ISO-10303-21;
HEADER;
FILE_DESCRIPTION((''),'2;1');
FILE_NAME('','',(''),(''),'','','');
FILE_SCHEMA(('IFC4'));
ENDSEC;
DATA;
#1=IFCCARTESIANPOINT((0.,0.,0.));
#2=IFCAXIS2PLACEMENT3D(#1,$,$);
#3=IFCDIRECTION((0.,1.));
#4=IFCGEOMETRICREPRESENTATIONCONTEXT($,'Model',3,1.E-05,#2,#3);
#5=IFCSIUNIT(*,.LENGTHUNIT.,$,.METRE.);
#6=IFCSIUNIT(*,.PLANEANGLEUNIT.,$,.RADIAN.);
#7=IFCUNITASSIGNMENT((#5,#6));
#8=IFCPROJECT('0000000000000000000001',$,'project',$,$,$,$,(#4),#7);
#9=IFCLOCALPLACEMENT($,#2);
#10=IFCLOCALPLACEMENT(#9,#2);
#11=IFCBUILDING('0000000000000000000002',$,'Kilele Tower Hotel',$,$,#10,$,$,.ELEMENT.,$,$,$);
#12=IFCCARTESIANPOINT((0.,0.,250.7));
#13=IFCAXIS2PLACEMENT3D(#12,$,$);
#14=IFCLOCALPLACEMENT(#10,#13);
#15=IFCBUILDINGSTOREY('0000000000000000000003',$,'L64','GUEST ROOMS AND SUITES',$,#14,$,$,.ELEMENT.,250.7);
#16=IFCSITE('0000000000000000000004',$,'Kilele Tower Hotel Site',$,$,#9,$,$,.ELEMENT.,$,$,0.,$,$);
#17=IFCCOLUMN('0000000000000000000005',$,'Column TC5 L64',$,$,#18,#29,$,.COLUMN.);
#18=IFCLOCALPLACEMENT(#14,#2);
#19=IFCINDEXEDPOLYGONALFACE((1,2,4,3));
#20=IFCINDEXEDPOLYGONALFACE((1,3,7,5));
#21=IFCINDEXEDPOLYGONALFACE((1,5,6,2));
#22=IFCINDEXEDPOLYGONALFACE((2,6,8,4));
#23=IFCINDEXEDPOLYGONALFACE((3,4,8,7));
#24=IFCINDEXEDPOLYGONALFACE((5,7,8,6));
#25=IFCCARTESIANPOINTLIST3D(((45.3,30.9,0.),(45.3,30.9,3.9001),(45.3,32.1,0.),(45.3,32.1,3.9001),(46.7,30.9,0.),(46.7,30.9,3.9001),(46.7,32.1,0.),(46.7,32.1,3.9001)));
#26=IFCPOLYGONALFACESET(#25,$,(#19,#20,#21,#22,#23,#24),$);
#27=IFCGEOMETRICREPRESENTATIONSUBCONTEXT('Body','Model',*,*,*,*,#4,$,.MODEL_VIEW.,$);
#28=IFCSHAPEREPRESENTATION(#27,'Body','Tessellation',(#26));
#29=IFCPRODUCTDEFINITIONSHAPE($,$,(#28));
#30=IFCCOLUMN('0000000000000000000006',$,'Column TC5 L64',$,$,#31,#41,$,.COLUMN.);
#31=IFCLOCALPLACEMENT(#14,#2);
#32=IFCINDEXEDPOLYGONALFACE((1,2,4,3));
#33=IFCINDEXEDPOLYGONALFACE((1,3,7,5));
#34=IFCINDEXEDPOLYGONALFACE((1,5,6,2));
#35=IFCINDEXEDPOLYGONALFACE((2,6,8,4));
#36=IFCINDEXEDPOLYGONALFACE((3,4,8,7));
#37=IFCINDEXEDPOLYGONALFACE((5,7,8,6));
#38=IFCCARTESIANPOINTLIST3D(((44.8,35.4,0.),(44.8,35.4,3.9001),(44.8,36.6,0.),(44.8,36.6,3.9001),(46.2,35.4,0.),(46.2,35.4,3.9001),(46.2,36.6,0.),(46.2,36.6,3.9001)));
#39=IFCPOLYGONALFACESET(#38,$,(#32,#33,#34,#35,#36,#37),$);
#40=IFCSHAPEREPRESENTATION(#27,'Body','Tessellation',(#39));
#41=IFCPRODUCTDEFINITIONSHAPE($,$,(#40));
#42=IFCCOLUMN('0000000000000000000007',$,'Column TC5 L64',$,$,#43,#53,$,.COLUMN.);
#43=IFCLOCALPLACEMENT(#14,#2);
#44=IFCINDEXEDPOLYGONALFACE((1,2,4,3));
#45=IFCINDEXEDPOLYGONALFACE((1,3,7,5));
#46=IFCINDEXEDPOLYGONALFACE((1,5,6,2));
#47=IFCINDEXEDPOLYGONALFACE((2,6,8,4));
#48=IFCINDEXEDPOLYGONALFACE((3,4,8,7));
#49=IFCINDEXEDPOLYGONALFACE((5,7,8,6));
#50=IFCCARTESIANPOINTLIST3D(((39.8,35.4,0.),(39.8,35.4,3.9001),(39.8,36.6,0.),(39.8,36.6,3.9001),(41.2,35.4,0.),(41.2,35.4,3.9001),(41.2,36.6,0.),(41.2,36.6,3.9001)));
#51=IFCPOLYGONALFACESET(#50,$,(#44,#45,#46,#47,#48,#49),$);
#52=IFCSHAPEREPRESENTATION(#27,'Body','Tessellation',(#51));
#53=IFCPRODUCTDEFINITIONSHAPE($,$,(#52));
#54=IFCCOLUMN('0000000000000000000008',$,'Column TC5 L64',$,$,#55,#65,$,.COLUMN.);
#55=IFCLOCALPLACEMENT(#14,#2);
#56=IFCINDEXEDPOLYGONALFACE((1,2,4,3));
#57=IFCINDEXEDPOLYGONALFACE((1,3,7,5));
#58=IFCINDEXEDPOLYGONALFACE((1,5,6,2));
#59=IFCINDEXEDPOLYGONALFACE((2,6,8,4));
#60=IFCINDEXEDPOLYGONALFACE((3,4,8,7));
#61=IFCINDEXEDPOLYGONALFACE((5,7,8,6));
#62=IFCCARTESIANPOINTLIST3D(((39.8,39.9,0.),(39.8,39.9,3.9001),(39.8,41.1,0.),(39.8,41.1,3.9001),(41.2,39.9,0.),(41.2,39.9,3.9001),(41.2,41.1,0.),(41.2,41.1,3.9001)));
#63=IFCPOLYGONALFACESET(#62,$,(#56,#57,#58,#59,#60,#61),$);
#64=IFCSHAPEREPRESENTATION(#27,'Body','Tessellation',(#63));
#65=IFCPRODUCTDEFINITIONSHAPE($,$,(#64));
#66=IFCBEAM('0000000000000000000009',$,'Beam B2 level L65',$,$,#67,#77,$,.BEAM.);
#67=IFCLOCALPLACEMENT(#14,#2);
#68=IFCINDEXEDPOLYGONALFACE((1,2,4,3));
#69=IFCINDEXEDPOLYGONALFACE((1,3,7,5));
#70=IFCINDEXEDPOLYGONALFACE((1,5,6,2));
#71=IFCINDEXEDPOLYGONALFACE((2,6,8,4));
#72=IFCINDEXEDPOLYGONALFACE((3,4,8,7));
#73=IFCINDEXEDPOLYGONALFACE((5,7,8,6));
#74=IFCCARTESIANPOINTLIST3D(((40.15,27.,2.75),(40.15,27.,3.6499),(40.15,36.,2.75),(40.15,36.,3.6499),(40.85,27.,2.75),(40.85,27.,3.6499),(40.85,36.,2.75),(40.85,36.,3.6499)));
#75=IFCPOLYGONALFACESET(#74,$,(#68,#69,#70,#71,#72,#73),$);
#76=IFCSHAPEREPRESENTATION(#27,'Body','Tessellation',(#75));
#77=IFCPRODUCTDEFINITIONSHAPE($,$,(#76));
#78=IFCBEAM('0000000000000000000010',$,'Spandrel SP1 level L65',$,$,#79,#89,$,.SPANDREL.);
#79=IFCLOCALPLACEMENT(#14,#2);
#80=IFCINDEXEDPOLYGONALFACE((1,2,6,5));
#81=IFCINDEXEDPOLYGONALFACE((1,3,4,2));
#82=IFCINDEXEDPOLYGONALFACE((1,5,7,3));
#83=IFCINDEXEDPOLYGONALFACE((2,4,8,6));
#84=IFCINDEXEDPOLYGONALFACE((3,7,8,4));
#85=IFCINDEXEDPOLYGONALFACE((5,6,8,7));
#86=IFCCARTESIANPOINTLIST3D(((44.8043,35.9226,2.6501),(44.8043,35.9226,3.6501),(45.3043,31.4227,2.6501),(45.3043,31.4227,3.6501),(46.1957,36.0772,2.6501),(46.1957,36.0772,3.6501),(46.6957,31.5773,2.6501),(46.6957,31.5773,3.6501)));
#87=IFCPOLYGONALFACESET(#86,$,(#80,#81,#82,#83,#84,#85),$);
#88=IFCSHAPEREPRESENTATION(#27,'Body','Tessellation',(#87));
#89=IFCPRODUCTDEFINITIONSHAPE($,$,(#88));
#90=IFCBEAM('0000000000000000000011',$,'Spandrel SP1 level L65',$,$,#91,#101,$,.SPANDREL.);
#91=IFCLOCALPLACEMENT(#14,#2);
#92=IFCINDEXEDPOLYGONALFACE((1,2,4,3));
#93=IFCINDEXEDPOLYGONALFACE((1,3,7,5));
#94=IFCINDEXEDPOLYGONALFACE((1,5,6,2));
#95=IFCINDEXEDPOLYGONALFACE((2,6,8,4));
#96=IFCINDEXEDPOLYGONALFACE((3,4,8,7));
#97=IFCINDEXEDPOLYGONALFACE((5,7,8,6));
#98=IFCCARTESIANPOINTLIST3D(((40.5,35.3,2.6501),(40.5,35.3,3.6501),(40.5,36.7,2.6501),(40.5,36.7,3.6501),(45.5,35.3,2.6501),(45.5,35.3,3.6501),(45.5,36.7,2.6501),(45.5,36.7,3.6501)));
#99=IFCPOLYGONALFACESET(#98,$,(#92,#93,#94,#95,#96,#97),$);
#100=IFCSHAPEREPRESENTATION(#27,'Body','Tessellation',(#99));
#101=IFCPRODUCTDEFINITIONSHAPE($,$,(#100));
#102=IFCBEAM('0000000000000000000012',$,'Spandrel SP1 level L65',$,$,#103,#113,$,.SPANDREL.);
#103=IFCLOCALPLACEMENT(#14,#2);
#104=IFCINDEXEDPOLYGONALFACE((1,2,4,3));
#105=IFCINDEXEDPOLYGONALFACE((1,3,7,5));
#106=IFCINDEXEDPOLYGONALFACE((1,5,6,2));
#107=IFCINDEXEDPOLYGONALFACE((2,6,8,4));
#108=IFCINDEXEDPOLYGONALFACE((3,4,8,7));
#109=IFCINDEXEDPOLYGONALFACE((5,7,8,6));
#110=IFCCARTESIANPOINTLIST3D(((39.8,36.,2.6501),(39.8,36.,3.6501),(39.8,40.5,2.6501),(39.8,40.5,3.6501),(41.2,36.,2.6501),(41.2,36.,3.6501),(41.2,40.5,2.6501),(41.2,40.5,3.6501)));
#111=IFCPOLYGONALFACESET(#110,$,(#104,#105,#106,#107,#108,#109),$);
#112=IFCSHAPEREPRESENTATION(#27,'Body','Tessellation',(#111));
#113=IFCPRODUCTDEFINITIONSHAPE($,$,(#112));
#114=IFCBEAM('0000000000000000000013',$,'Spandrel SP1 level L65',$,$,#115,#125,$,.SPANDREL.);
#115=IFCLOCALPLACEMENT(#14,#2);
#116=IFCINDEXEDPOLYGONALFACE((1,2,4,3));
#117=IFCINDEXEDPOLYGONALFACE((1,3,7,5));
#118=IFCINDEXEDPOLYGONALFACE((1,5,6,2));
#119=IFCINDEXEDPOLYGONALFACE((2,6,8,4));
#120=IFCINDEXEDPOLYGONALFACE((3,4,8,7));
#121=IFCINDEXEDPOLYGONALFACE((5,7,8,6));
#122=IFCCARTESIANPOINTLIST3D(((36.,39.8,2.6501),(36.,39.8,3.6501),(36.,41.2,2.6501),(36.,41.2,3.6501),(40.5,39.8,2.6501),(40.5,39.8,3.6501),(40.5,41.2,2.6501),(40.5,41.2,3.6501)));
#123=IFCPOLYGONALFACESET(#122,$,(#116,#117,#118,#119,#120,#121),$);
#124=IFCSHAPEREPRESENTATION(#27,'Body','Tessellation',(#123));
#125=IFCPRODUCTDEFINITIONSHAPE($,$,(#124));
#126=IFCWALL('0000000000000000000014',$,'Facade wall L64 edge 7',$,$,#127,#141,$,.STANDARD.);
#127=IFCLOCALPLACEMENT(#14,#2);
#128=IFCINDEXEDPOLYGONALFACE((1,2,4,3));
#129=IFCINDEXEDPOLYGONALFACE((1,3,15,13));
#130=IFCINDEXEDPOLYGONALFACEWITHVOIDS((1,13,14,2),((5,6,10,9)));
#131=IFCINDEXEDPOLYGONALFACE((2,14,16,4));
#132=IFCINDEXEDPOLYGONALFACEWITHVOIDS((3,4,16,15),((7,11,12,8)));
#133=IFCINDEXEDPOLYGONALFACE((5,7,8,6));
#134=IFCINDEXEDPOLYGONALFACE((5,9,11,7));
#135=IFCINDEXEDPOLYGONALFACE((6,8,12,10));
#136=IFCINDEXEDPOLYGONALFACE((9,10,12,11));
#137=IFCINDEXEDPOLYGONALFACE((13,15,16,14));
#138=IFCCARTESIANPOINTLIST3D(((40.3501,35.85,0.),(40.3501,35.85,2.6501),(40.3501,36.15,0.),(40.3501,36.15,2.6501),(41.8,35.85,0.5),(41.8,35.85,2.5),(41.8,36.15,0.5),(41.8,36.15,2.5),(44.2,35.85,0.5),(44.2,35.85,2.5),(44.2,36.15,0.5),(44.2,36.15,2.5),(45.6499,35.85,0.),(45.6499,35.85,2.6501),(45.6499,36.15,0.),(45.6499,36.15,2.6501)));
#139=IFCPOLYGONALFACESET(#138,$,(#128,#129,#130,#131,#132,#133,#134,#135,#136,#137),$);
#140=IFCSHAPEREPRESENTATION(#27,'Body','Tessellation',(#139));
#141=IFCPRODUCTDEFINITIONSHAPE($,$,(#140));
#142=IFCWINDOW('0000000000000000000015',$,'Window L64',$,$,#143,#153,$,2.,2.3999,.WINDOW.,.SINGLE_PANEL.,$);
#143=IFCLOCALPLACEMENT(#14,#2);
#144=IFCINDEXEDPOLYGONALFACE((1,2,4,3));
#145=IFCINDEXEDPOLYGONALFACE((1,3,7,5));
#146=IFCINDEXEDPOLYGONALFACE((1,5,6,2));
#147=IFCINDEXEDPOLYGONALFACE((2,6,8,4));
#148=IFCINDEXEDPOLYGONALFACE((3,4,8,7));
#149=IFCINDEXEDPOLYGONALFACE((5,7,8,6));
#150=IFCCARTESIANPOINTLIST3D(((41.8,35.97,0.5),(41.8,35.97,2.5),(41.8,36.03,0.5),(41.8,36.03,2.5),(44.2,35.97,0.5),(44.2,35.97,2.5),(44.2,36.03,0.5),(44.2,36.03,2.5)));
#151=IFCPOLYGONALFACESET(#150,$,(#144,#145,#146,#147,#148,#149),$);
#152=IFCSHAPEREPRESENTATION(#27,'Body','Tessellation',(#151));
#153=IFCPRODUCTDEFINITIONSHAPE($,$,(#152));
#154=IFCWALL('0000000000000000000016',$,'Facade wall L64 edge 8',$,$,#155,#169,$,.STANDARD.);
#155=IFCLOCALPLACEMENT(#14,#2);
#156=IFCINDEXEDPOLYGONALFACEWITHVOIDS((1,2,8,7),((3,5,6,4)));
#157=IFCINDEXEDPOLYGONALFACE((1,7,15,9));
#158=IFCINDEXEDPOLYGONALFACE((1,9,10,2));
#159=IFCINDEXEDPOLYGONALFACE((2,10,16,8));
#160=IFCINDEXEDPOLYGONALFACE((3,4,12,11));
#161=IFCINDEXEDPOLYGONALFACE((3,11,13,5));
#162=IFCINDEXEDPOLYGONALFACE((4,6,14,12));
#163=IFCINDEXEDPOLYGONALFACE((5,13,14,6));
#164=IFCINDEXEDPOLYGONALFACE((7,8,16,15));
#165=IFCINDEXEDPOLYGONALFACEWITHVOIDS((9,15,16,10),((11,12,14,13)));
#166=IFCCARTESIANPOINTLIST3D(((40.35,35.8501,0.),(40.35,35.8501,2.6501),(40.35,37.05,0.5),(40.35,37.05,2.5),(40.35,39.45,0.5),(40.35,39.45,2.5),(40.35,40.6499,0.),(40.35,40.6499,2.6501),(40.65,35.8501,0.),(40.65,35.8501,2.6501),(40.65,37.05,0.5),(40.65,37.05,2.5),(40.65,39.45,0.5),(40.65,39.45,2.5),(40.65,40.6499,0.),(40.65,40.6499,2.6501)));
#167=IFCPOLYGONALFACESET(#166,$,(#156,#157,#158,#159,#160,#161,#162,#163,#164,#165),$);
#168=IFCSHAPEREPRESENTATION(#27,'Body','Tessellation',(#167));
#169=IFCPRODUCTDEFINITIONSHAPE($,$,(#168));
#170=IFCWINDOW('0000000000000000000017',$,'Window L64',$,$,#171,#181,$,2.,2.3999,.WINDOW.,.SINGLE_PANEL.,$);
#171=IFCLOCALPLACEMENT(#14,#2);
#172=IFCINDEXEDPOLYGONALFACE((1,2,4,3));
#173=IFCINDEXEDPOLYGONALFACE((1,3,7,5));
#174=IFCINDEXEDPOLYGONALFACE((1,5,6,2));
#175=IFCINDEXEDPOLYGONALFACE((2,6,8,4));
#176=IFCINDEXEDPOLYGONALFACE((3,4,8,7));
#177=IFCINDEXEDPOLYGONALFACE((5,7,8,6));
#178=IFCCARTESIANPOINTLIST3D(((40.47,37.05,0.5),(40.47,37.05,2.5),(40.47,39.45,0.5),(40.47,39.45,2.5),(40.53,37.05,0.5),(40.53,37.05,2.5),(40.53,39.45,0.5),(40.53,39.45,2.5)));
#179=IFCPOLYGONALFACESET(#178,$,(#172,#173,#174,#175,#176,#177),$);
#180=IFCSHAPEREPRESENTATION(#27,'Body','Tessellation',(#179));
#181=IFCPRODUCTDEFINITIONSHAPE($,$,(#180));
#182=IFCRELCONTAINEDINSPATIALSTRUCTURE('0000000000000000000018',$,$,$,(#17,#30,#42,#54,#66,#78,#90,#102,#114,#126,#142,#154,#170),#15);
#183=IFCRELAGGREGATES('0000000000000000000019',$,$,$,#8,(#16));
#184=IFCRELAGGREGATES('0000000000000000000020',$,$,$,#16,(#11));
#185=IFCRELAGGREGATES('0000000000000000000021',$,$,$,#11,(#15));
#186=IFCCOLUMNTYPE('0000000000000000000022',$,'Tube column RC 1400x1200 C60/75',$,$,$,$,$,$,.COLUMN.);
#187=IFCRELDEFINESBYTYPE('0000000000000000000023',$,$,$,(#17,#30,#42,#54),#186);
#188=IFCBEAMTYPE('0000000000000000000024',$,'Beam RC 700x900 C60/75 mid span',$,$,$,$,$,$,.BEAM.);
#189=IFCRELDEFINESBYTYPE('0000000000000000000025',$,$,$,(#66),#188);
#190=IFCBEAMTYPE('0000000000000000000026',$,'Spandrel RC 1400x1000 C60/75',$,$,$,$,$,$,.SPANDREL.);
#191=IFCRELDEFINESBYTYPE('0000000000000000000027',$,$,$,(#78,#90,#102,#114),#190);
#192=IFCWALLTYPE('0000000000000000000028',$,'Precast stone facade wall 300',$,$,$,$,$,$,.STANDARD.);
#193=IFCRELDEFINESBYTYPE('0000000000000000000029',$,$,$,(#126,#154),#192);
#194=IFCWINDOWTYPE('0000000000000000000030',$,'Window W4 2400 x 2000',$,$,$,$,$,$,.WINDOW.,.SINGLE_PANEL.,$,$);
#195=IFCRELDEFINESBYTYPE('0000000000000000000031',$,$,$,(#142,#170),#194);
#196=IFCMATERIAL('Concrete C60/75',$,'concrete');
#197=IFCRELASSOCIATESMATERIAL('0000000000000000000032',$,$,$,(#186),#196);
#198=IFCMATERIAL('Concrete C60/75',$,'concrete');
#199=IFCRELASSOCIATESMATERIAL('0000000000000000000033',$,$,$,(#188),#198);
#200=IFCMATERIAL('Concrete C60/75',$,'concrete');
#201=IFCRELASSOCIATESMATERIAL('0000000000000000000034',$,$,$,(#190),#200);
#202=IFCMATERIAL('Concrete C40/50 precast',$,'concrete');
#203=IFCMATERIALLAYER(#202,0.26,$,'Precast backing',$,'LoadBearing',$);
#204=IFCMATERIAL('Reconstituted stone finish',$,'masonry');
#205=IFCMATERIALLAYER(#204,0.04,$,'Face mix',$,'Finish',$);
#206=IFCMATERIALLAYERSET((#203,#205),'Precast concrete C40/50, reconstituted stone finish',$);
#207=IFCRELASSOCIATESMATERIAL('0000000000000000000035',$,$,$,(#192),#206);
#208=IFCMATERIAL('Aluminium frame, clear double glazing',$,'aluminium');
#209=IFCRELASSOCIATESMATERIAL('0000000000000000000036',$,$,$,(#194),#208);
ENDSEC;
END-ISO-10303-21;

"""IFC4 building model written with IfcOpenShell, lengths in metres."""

from ifc_helpers import new_model, si_unit, direction, frame, frame_2d, origin, origin_2d, place, context, subcontext, project, spatial, rectangle, extrude, material, layer, layer_set, material_profile, profile_set, type_object, element, fill, save


model = new_model("IFC4")

# Units and contexts
model_context = context("Model", 3, precision=1e-05, world=origin(), true_north=direction((0.0, 1.0)))
body_context = subcontext(model_context, "Body", "Model", "MODEL_VIEW")
ifc_project = project(units=[si_unit("LENGTHUNIT", "METRE"), si_unit("PLANEANGLEUNIT", "RADIAN")], contexts=[model_context])

# Site, building, storey
site_placement = place(None, origin())
site = spatial("IfcSite", under=ifc_project, at=site_placement, Name="Kilele Tower Hotel Site", CompositionType="ELEMENT", RefElevation=0.0)
building_placement = place(site_placement, origin())
building = spatial("IfcBuilding", under=site, at=building_placement, Name="Kilele Tower Hotel", CompositionType="ELEMENT")
storey_placement = place(building_placement, frame((0.0, 0.0, 250.7)))
storey = spatial("IfcBuildingStorey", under=building, at=storey_placement, Name="L64", Description="GUEST ROOMS AND SUITES", CompositionType="ELEMENT", Elevation=250.7)

# Columns
ifc_material_1 = material(Name="Concrete C60/75", Category="concrete")
ifc_material_profile_1 = material_profile(ifc_material_1, rectangle(XDim=1.3999, YDim=1.2, at=origin_2d()))
ifc_profile_set_1 = profile_set([ifc_material_profile_1], Name="Concrete C60/75")
column_type = type_object("IfcColumnType", Name="Tube column RC 1400x1200 C60/75", PredefinedType="COLUMN", material=ifc_profile_set_1)
for number, where, z_axis, x_axis, name in (
    (1, (46.0, 31.5, 0.0), (0.0, 0.0, 1.0), (1.0, 0.0, 0.0), "Column TC5 L64"),
    (2, (45.5, 36.0, 0.0), (0.0, 0.0, 1.0), (1.0, 0.0, 0.0), "Column TC5 L64"),
    (3, (40.5, 36.0, 0.0), (0.0, 0.0, 1.0), (1.0, 0.0, 0.0), "Column TC5 L64"),
    (4, (40.5, 40.5, 0.0), (0.0, 0.0, 1.0), (1.0, 0.0, 0.0), "Column TC5 L64"),
):
    element("IfcColumn", number, at=place(storey_placement, frame(where, z_axis=z_axis, x_axis=x_axis)), inside=storey, type_object=column_type, Name=name, PredefinedType="COLUMN", context=body_context, shape_type="SweptSolid", body=[
        extrude(rectangle(XDim=1.3999, YDim=1.2, at=origin_2d()), origin(), (0.0, 0.0, 1.0), 3.9001),
    ])

# Beams
ifc_material_2 = material(Name="Concrete C60/75", Category="concrete")
ifc_material_profile_2 = material_profile(ifc_material_2, rectangle(XDim=0.7, YDim=0.8999, at=origin_2d()))
ifc_profile_set_2 = profile_set([ifc_material_profile_2], Name="Concrete C60/75")
beam_type_1 = type_object("IfcBeamType", Name="Beam RC 700x900 C60/75 mid span", PredefinedType="BEAM", material=ifc_profile_set_2)
beam_1_placement = place(storey_placement, frame((40.5, 36.0, 3.2), z_axis=(0.0, -1.0, 0.0), x_axis=(1.0, 0.0, 0.0)))
element("IfcBeam", 5, at=beam_1_placement, inside=storey, type_object=beam_type_1, Name="Beam B2 level L65", PredefinedType="BEAM", context=body_context, shape_type="SweptSolid", body=[
    extrude(rectangle(XDim=0.7, YDim=0.8999, at=origin_2d()), origin(), (0.0, 0.0, 1.0), 9.0),
])
ifc_material_3 = material(Name="Concrete C60/75", Category="concrete")
ifc_material_profile_3 = material_profile(ifc_material_3, rectangle(XDim=1.3999, YDim=1.0, at=origin_2d()))
ifc_profile_set_3 = profile_set([ifc_material_profile_3], Name="Concrete C60/75")
beam_type_2 = type_object("IfcBeamType", Name="Spandrel RC 1400x1000 C60/75", PredefinedType="SPANDREL", material=ifc_profile_set_3)
beam_2_placement = place(storey_placement, frame((46.0, 31.5, 3.1501), z_axis=(-0.110432, 0.993884, 0.0), x_axis=(-0.993884, -0.110432, 0.0)))
element("IfcBeam", 6, at=beam_2_placement, inside=storey, type_object=beam_type_2, Name="Spandrel SP1 level L65", PredefinedType="SPANDREL", context=body_context, shape_type="SweptSolid", body=[
    extrude(rectangle(XDim=1.3999, YDim=1.0, at=origin_2d()), origin(), (0.0, 0.0, 1.0), 4.5276),
])
beam_3_placement = place(storey_placement, frame((45.5, 36.0, 3.1501), z_axis=(-1.0, 0.0, 0.0), x_axis=(0.0, -1.0, 0.0)))
element("IfcBeam", 7, at=beam_3_placement, inside=storey, type_object=beam_type_2, Name="Spandrel SP1 level L65", PredefinedType="SPANDREL", context=body_context, shape_type="SweptSolid", body=[
    extrude(rectangle(XDim=1.3999, YDim=1.0, at=origin_2d()), origin(), (0.0, 0.0, 1.0), 5.0),
])
for number, where, z_axis, x_axis, name in (
    (8, (40.5, 36.0, 3.1501), (0.0, 1.0, 0.0), (-1.0, 0.0, 0.0), "Spandrel SP1 level L65"),
    (9, (40.5, 40.5, 3.1501), (-1.0, 0.0, 0.0), (0.0, -1.0, 0.0), "Spandrel SP1 level L65"),
):
    element("IfcBeam", number, at=place(storey_placement, frame(where, z_axis=z_axis, x_axis=x_axis)), inside=storey, type_object=beam_type_2, Name=name, PredefinedType="SPANDREL", context=body_context, shape_type="SweptSolid", body=[
        extrude(rectangle(XDim=1.3999, YDim=1.0, at=origin_2d()), origin(), (0.0, 0.0, 1.0), 4.5),
    ])

# Walls, openings, windows
ifc_material_4 = material(Name="Concrete C40/50 precast", Category="concrete")
ifc_layer_1 = layer(ifc_material_4, 0.26, Name="Precast backing", Category="LoadBearing")
ifc_material_5 = material(Name="Reconstituted stone finish", Category="masonry")
ifc_layer_2 = layer(ifc_material_5, 0.04, Name="Face mix", Category="Finish")
ifc_layer_set = layer_set([ifc_layer_1, ifc_layer_2], Name="Precast concrete C40/50, reconstituted stone finish")
wall_type = type_object("IfcWallType", Name="Precast stone facade wall 300", PredefinedType="STANDARD", material=ifc_layer_set)
wall_1_placement = place(storey_placement, frame((45.6499, 36.0, 0.0), z_axis=(0.0, 0.0, 1.0), x_axis=(-1.0, 0.0, 0.0)))
wall_1 = element("IfcWall", 10, at=wall_1_placement, inside=storey, type_object=wall_type, Name="Facade wall L64 edge 7", PredefinedType="STANDARD", context=body_context, shape_type="SweptSolid", body=[
    extrude(rectangle(XDim=5.2998, YDim=0.3, at=frame_2d((2.6499, 0.0))), origin(), (0.0, 0.0, 1.0), 2.6501),
])
opening_1_placement = place(wall_1_placement, frame((1.45, 0.0, 0.5)))
opening_1 = element("IfcOpeningElement", 11, at=opening_1_placement, cuts=wall_1, PredefinedType="OPENING", context=body_context, shape_type="SweptSolid", body=[
    extrude(rectangle(XDim=2.3999, YDim=2.0, at=frame_2d((1.2, 1.0))), frame((0.0, 0.1599, 0.0), z_axis=(0.0, -1.0, 0.0), x_axis=(1.0, 0.0, 0.0)), (0.0, 0.0, 1.0), 0.3201),
])
ifc_material_6 = material(Name="Aluminium frame, clear double glazing", Category="aluminium")
window_type = type_object("IfcWindowType", Name="Window W4 2400 x 2000", PartitioningType="SINGLE_PANEL", PredefinedType="WINDOW", material=ifc_material_6)
window_1_placement = place(opening_1_placement, origin())
window_1 = element("IfcWindow", 12, at=window_1_placement, inside=storey, type_object=window_type, Name="Window L64", OverallHeight=2.0, OverallWidth=2.3999, PartitioningType="SINGLE_PANEL", PredefinedType="WINDOW", context=body_context, shape_type="SweptSolid", body=[
    extrude(rectangle(XDim=2.3999, YDim=2.0, at=frame_2d((1.2, 1.0))), frame((0.0, 0.03, 0.0), z_axis=(0.0, -1.0, 0.0), x_axis=(1.0, 0.0, 0.0)), (0.0, 0.0, 1.0), 0.0601),
])
fill(opening_1, window_1)
wall_2_placement = place(storey_placement, frame((40.5, 35.8501, 0.0), z_axis=(0.0, 0.0, 1.0), x_axis=(0.0, 1.0, 0.0)))
wall_2 = element("IfcWall", 13, at=wall_2_placement, inside=storey, type_object=wall_type, Name="Facade wall L64 edge 8", PredefinedType="STANDARD", context=body_context, shape_type="SweptSolid", body=[
    extrude(rectangle(XDim=4.7998, YDim=0.3, at=frame_2d((2.3999, 0.0))), origin(), (0.0, 0.0, 1.0), 2.6501),
])
opening_2_placement = place(wall_2_placement, frame((1.2, 0.0, 0.5)))
opening_2 = element("IfcOpeningElement", 14, at=opening_2_placement, cuts=wall_2, PredefinedType="OPENING", context=body_context, shape_type="SweptSolid", body=[
    extrude(rectangle(XDim=2.3999, YDim=2.0, at=frame_2d((1.2, 1.0))), frame((0.0, 0.1599, 0.0), z_axis=(0.0, -1.0, 0.0), x_axis=(1.0, 0.0, 0.0)), (0.0, 0.0, 1.0), 0.3201),
])
window_2_placement = place(opening_2_placement, origin())
window_2 = element("IfcWindow", 15, at=window_2_placement, inside=storey, type_object=window_type, Name="Window L64", OverallHeight=2.0, OverallWidth=2.3999, PartitioningType="SINGLE_PANEL", PredefinedType="WINDOW", context=body_context, shape_type="SweptSolid", body=[
    extrude(rectangle(XDim=2.3999, YDim=2.0, at=frame_2d((1.2, 1.0))), frame((0.0, 0.03, 0.0), z_axis=(0.0, -1.0, 0.0), x_axis=(1.0, 0.0, 0.0)), (0.0, 0.0, 1.0), 0.0601),
])
fill(opening_2, window_2)

save(model, "model.ifc")
